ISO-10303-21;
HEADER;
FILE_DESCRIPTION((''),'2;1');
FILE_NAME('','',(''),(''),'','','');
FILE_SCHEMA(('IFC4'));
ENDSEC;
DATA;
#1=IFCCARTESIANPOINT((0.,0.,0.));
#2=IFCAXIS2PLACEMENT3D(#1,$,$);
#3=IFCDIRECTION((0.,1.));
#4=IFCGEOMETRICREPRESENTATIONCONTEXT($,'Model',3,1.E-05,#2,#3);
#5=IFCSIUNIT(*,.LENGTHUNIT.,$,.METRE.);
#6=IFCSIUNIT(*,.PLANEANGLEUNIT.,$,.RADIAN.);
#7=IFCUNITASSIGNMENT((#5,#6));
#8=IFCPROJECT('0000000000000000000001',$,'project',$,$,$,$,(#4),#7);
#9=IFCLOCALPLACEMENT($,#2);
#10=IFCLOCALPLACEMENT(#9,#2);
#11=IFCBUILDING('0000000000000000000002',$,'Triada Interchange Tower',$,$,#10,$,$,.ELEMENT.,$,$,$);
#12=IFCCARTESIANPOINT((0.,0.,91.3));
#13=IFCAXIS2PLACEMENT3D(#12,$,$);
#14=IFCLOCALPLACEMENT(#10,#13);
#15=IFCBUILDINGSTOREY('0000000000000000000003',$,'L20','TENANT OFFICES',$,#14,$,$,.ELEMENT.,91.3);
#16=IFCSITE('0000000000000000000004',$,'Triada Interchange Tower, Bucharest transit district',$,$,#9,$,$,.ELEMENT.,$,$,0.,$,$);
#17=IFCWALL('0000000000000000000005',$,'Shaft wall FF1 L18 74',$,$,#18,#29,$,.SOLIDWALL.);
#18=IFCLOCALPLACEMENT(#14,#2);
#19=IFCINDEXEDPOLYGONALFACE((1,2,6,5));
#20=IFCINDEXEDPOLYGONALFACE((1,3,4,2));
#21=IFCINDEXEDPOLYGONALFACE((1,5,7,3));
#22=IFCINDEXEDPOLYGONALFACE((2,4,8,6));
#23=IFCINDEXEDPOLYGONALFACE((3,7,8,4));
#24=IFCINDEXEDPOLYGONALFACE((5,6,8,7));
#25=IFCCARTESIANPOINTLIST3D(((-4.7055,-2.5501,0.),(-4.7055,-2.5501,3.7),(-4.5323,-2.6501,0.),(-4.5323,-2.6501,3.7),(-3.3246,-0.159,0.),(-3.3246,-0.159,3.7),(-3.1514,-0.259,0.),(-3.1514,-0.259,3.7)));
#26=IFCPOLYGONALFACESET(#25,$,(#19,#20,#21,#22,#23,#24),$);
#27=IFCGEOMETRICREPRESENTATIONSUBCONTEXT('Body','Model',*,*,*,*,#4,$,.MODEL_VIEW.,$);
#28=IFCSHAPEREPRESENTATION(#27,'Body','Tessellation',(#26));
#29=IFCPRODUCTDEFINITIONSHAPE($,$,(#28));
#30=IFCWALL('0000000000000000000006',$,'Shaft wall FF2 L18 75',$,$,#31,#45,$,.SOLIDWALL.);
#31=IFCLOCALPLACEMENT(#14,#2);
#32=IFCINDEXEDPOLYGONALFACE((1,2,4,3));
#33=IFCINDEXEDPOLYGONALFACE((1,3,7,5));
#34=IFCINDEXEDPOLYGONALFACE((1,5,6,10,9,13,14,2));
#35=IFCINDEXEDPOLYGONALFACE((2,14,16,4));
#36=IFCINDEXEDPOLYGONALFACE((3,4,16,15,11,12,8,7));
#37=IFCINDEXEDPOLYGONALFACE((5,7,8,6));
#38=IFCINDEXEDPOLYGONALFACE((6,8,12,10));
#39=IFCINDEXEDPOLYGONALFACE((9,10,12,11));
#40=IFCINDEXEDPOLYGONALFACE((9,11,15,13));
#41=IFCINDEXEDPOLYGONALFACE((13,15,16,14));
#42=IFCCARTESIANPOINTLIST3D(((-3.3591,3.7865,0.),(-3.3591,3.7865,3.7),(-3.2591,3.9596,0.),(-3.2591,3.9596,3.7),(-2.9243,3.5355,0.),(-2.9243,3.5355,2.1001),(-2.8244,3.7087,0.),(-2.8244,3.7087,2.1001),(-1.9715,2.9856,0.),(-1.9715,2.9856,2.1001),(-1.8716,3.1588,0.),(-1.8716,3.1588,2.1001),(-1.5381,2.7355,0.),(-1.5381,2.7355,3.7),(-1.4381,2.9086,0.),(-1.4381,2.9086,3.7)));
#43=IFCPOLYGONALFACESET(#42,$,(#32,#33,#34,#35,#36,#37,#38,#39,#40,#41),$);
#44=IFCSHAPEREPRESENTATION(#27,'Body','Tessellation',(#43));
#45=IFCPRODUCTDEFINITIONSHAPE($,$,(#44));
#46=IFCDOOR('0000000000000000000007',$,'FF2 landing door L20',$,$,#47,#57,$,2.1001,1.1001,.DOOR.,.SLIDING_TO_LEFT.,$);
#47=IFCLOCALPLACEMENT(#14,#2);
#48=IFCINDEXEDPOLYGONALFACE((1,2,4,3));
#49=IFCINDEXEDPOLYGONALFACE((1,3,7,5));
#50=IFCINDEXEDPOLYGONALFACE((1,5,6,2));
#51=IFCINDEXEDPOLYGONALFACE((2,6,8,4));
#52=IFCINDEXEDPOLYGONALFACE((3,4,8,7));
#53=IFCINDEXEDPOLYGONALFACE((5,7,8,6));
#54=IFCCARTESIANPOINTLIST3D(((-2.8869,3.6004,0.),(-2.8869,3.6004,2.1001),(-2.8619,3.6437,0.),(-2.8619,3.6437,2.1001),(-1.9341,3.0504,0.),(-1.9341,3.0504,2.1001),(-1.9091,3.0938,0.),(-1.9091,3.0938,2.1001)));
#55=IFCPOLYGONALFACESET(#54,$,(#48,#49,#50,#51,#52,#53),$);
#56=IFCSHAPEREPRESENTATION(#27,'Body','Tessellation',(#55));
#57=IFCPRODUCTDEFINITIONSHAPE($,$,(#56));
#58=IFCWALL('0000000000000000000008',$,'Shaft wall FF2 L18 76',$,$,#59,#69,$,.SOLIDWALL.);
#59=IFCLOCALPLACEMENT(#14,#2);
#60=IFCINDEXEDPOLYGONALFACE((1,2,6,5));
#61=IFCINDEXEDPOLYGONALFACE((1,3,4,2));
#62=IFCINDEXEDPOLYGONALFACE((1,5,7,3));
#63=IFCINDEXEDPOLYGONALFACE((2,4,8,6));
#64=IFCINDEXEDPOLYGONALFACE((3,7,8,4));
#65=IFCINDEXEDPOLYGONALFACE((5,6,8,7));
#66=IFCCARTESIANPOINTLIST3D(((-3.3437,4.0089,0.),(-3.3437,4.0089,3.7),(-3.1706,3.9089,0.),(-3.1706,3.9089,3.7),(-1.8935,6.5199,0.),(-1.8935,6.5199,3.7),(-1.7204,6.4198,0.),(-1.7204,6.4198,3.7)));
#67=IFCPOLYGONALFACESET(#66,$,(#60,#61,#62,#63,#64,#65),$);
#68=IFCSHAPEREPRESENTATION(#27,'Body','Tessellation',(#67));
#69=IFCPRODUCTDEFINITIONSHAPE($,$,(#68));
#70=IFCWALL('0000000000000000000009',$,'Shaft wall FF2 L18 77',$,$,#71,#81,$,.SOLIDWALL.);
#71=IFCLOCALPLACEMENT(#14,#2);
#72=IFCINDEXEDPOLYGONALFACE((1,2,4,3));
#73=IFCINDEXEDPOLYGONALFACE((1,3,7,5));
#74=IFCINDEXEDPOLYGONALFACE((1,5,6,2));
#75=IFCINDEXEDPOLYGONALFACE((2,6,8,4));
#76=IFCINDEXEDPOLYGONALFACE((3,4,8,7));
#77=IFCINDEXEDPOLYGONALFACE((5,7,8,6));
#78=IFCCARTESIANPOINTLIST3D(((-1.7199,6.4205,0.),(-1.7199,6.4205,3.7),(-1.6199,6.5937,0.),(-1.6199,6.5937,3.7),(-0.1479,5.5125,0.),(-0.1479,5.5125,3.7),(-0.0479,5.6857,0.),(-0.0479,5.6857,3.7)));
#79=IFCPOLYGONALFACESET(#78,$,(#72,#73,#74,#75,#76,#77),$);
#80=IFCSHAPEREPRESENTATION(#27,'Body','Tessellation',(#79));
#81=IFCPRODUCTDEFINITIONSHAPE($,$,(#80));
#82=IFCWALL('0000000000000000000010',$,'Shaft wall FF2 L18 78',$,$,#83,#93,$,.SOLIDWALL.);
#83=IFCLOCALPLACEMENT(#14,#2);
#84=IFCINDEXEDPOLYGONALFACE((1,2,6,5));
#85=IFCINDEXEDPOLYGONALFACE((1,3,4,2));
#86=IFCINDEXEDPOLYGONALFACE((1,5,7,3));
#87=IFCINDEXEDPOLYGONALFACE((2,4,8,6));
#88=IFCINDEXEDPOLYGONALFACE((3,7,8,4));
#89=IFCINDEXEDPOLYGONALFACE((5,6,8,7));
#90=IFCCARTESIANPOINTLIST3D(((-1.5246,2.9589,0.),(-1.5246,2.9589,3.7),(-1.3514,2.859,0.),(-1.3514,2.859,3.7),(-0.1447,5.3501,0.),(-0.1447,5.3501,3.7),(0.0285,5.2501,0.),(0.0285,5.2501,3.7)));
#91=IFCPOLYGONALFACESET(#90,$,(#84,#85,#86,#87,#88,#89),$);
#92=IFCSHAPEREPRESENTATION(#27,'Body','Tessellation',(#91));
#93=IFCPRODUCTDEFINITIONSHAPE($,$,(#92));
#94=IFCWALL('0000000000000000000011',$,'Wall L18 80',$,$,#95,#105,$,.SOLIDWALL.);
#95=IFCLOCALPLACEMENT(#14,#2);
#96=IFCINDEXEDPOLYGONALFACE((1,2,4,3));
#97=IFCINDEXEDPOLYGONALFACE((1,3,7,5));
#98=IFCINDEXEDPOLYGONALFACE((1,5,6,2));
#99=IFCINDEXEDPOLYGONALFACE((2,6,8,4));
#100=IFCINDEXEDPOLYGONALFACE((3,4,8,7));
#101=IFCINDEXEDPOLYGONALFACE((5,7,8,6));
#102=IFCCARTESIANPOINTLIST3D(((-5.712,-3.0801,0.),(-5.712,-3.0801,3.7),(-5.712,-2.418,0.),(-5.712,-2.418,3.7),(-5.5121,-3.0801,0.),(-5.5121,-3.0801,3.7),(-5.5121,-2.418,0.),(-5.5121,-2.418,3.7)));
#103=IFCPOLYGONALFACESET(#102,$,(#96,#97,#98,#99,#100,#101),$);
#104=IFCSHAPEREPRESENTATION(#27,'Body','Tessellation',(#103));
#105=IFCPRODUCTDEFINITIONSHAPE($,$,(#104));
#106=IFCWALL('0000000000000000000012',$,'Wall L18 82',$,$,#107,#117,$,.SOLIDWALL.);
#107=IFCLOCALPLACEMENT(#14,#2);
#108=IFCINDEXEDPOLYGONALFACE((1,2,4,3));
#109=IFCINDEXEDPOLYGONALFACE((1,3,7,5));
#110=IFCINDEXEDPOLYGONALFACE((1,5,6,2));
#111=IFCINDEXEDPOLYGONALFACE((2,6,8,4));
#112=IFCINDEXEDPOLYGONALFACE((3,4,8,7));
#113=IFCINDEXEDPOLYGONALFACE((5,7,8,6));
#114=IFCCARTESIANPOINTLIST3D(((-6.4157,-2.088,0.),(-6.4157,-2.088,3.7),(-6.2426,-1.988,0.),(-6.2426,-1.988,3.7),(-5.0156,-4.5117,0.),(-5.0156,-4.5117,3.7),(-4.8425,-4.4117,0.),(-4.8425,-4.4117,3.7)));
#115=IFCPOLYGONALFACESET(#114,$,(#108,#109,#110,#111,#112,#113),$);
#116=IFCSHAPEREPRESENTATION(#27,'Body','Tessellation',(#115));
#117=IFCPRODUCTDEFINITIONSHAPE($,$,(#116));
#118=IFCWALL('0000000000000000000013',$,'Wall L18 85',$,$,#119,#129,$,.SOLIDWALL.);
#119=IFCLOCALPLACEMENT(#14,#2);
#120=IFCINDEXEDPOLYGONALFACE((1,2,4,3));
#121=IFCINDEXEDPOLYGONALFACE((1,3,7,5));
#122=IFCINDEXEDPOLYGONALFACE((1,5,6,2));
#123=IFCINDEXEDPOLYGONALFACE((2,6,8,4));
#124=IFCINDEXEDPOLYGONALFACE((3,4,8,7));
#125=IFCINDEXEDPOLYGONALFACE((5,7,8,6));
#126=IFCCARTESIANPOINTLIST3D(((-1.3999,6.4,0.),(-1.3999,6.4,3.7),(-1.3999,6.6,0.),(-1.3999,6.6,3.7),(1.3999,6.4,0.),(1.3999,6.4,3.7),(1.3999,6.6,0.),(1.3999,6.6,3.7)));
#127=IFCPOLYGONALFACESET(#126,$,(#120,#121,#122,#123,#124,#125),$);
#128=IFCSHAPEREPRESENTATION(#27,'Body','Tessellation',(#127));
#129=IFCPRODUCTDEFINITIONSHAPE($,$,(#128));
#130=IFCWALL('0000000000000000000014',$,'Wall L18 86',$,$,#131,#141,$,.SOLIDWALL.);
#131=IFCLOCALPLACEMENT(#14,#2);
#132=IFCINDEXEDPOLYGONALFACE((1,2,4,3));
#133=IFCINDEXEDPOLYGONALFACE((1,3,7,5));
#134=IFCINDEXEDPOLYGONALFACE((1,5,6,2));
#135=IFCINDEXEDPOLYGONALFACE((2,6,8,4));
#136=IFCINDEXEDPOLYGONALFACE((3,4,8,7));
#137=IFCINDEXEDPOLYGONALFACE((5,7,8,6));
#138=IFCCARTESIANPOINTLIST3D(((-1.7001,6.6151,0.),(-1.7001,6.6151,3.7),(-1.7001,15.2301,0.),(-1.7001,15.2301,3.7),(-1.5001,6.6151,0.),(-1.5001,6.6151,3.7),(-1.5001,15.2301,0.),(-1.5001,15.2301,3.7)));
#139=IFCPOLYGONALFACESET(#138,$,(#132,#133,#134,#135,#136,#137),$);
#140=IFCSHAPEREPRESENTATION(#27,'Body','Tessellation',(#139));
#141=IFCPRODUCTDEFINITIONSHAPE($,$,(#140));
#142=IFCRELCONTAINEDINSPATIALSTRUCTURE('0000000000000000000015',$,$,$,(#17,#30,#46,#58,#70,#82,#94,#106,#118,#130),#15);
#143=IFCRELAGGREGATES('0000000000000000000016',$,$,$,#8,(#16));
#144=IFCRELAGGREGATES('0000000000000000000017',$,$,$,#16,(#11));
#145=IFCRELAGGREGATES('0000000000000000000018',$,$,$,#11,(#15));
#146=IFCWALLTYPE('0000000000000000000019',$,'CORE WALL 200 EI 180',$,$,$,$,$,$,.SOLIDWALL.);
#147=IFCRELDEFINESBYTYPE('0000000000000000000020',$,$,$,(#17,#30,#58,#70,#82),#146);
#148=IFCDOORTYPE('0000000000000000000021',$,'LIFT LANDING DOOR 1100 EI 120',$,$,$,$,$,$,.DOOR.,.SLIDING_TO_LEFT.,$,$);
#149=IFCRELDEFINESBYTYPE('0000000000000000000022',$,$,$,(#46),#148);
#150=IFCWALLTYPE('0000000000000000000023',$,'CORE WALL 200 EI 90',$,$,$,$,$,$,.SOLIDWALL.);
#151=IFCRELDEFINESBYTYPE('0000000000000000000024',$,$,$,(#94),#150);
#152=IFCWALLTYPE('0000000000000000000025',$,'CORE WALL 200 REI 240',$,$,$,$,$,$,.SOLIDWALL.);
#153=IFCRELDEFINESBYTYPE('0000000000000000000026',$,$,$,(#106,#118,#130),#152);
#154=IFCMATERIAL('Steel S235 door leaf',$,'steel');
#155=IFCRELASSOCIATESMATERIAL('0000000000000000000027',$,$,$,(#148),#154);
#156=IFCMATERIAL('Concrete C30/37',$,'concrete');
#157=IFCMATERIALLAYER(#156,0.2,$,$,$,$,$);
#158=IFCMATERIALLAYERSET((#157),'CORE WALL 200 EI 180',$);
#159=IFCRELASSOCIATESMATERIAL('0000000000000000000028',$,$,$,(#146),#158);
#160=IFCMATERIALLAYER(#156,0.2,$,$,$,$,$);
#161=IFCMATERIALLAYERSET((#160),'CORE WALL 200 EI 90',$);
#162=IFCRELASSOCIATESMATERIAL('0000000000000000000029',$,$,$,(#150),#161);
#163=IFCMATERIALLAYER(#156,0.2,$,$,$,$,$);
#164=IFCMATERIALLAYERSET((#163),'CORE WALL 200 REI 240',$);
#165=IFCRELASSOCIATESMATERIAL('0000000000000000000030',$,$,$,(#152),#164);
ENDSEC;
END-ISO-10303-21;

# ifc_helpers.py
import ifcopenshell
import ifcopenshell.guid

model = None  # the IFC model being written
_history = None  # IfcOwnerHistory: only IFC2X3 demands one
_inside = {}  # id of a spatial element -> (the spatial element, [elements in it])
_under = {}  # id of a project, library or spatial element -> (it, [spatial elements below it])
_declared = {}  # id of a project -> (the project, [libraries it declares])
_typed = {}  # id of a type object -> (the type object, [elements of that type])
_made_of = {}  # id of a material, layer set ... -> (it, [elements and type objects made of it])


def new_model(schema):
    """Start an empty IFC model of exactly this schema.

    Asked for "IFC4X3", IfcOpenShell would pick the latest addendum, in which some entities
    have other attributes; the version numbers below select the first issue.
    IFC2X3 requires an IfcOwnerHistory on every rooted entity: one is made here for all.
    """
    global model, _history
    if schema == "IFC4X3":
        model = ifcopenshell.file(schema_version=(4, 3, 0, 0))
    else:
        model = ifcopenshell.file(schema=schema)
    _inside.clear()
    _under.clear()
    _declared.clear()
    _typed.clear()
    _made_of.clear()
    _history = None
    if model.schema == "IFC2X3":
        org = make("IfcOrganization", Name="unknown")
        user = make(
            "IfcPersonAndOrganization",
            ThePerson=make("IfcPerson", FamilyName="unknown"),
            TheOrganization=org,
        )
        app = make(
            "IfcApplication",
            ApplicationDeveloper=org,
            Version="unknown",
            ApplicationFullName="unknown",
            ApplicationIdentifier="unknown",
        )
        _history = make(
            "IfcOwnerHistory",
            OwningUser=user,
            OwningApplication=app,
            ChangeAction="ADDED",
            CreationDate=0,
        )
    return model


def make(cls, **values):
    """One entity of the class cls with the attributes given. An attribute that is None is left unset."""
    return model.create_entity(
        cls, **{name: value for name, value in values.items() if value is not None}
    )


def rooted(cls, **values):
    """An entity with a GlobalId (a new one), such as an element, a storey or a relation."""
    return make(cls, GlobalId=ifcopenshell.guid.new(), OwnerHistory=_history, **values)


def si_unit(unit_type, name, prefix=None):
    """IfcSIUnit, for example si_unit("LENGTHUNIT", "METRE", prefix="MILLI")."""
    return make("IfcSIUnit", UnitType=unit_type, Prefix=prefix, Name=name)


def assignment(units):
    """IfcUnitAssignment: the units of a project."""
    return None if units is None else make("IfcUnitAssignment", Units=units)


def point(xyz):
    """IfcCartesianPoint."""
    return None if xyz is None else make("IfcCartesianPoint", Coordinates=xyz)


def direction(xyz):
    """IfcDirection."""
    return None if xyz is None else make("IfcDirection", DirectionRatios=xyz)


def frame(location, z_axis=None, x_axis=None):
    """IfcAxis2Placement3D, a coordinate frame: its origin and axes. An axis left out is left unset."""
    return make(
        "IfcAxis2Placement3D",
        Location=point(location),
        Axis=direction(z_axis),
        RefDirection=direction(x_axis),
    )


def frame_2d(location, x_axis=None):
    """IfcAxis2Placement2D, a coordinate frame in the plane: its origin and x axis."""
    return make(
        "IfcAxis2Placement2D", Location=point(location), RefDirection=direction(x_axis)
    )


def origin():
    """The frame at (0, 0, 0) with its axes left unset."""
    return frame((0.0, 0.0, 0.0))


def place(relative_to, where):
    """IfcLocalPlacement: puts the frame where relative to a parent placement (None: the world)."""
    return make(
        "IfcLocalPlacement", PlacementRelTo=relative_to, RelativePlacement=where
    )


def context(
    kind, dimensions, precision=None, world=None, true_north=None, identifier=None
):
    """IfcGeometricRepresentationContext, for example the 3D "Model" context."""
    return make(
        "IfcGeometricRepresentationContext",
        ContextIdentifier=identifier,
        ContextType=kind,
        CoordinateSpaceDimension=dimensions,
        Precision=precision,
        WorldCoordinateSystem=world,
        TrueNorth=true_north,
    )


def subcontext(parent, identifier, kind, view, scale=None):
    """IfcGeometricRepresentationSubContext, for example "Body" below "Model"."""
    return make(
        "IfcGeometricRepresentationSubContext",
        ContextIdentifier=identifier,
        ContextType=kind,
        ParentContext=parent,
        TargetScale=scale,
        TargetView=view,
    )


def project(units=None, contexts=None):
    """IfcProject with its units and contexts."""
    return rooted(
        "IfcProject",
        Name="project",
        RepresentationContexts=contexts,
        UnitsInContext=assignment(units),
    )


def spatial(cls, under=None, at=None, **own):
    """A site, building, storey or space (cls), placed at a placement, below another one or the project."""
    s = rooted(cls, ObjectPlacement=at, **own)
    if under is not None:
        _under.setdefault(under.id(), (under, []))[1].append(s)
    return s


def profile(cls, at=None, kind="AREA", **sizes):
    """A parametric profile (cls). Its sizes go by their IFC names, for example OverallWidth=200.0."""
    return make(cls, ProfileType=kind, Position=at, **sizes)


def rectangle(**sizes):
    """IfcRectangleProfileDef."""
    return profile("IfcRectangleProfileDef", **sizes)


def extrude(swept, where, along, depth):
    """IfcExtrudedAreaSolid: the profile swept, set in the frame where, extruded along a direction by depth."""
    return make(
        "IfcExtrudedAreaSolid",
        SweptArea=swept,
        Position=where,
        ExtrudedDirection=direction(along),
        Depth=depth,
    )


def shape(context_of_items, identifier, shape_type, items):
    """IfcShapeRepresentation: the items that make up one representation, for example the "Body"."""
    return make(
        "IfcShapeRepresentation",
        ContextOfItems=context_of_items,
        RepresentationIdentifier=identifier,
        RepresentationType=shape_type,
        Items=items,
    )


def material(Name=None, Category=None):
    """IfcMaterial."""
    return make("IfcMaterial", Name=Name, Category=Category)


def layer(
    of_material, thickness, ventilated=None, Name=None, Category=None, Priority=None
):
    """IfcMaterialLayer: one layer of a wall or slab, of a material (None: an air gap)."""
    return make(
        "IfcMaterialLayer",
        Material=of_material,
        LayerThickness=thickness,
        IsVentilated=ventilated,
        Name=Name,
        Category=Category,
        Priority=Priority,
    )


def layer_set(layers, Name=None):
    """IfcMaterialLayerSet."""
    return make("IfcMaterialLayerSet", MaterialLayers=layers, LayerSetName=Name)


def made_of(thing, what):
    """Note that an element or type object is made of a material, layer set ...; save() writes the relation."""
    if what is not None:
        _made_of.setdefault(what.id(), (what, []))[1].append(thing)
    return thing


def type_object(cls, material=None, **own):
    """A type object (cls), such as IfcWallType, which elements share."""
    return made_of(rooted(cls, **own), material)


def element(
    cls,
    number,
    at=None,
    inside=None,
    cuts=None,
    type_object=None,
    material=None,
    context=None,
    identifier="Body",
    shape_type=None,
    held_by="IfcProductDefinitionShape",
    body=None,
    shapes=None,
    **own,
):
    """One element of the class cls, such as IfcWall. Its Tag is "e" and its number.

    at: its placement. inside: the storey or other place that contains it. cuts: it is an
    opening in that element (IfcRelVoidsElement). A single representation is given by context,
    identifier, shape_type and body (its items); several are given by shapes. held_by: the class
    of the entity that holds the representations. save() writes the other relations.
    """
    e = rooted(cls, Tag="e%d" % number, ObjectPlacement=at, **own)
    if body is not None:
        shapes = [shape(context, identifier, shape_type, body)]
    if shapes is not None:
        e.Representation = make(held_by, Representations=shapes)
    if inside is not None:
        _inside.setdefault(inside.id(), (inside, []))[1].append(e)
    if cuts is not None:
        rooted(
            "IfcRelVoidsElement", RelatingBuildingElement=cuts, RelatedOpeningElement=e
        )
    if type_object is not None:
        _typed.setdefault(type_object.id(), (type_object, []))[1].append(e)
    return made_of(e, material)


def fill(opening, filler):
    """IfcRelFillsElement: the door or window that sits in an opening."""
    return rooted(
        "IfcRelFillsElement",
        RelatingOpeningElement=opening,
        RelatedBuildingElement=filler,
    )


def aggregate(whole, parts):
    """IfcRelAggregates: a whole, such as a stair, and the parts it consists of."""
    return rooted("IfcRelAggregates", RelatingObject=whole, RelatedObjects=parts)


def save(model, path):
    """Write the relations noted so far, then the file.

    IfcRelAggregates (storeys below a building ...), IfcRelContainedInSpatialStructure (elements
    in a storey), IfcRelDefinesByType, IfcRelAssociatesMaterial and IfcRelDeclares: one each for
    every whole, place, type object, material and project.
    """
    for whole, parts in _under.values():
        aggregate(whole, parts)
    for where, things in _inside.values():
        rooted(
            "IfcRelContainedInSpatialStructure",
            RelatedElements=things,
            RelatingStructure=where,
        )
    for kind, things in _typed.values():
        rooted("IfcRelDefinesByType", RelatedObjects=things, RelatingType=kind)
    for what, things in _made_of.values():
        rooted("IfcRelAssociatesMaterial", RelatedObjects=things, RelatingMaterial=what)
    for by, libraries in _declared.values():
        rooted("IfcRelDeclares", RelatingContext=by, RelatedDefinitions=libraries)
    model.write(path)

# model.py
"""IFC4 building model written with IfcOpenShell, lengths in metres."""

from ifc_helpers import new_model, si_unit, direction, frame, frame_2d, origin, place, context, subcontext, project, spatial, rectangle, extrude, material, layer, layer_set, type_object, element, fill, save


model = new_model("IFC4")

# Units and contexts
model_context = context("Model", 3, precision=1e-05, world=origin(), true_north=direction((0.0, 1.0)))
body_context = subcontext(model_context, "Body", "Model", "MODEL_VIEW")
ifc_project = project(units=[si_unit("LENGTHUNIT", "METRE"), si_unit("PLANEANGLEUNIT", "RADIAN")], contexts=[model_context])

# Site, building, storey
site_placement = place(None, origin())
site = spatial("IfcSite", under=ifc_project, at=site_placement, Name="Triada Interchange Tower, Bucharest transit district", CompositionType="ELEMENT", RefElevation=0.0)
building_placement = place(site_placement, origin())
building = spatial("IfcBuilding", under=site, at=building_placement, Name="Triada Interchange Tower", CompositionType="ELEMENT")
storey_placement = place(building_placement, frame((0.0, 0.0, 91.3)))
storey = spatial("IfcBuildingStorey", under=building, at=storey_placement, Name="L20", Description="TENANT OFFICES", CompositionType="ELEMENT", Elevation=91.3)

# Shared definitions
ifc_material_1 = material(Name="Concrete C30/37", Category="concrete")
ifc_material_2 = material(Name="Steel S235 door leaf", Category="steel")
door_type = type_object("IfcDoorType", Name="LIFT LANDING DOOR 1100 EI 120", OperationType="SLIDING_TO_LEFT", PredefinedType="DOOR", material=ifc_material_2)

# Shared definitions
ifc_layer_1 = layer(ifc_material_1, 0.2)
ifc_layer_set_1 = layer_set([ifc_layer_1], Name="CORE WALL 200 EI 180")
wall_type_1 = type_object("IfcWallType", Name="CORE WALL 200 EI 180", PredefinedType="SOLIDWALL", material=ifc_layer_set_1)

# Wall
wall_1_placement = place(storey_placement, frame((-4.6189, -2.6001, 0.0), z_axis=(0.0, 0.0, 1.0), x_axis=(0.500095, 0.865971, 0.0)))
element("IfcWall", 1, at=wall_1_placement, inside=storey, type_object=wall_type_1, Name="Shaft wall FF1 L18 74", PredefinedType="SOLIDWALL", context=body_context, shape_type="SweptSolid", body=[
    extrude(rectangle(XDim=2.7612, YDim=0.2, at=frame_2d((1.3806, 0.0))), origin(), (0.0, 0.0, 1.0), 3.7),
])

# Wall, opening, door
wall_2_placement = place(storey_placement, frame((-3.3091, 3.873, 0.0), z_axis=(0.0, 0.0, 1.0), x_axis=(0.866099, -0.499873, 0.0)))
wall_2 = element("IfcWall", 2, at=wall_2_placement, inside=storey, type_object=wall_type_1, Name="Shaft wall FF2 L18 75", PredefinedType="SOLIDWALL", context=body_context, shape_type="SweptSolid", body=[
    extrude(rectangle(XDim=2.1025, YDim=0.2, at=frame_2d((1.0513, 0.0))), origin(), (0.0, 0.0, 1.0), 3.7),
])
opening_1_placement = place(wall_2_placement, frame((0.502, 0.0, 0.0)))
opening_1 = element("IfcOpeningElement", 3, at=opening_1_placement, cuts=wall_2, PredefinedType="OPENING", context=body_context, shape_type="SweptSolid", body=[
    extrude(rectangle(XDim=1.1001, YDim=2.1001, at=frame_2d((0.55, 1.05))), frame((0.0, 0.1099, 0.0), z_axis=(0.0, -1.0, 0.0), x_axis=(1.0, 0.0, 0.0)), (0.0, 0.0, 1.0), 0.22),
])
door_1_placement = place(opening_1_placement, origin())
door_1 = element("IfcDoor", 4, at=door_1_placement, inside=storey, type_object=door_type, Name="FF2 landing door L20", OperationType="SLIDING_TO_LEFT", OverallHeight=2.1001, OverallWidth=1.1001, PredefinedType="DOOR", context=body_context, shape_type="SweptSolid", body=[
    extrude(rectangle(XDim=1.1001, YDim=2.1001, at=frame_2d((0.55, 1.05))), frame((0.0, 0.0249, 0.0), z_axis=(0.0, -1.0, 0.0), x_axis=(1.0, 0.0, 0.0)), (0.0, 0.0, 1.0), 0.05),
])
fill(opening_1, door_1)

# Walls
wall_3_placement = place(storey_placement, frame((-3.2571, 3.959, 0.0), z_axis=(0.0, 0.0, 1.0), x_axis=(0.500123, 0.865954, 0.0)))
element("IfcWall", 5, at=wall_3_placement, inside=storey, type_object=wall_type_1, Name="Shaft wall FF2 L18 76", PredefinedType="SOLIDWALL", context=body_context, shape_type="SweptSolid", body=[
    extrude(rectangle(XDim=2.8997, YDim=0.2, at=frame_2d((1.4497, 0.0))), origin(), (0.0, 0.0, 1.0), 3.7),
])
wall_4_placement = place(storey_placement, frame((-1.6699, 6.5071, 0.0), z_axis=(0.0, 0.0, 1.0), x_axis=(0.865941, -0.500145, 0.0)))
element("IfcWall", 6, at=wall_4_placement, inside=storey, type_object=wall_type_1, Name="Shaft wall FF2 L18 77", PredefinedType="SOLIDWALL", context=body_context, shape_type="SweptSolid", body=[
    extrude(rectangle(XDim=1.8154, YDim=0.2, at=frame_2d((0.9077, 0.0))), origin(), (0.0, 0.0, 1.0), 3.7),
])
wall_5_placement = place(storey_placement, frame((-1.438, 2.9089, 0.0), z_axis=(0.0, 0.0, 1.0), x_axis=(0.49983, 0.866124, 0.0)))
element("IfcWall", 7, at=wall_5_placement, inside=storey, type_object=wall_type_1, Name="Shaft wall FF2 L18 78", PredefinedType="SOLIDWALL", context=body_context, shape_type="SweptSolid", body=[
    extrude(rectangle(XDim=2.7607, YDim=0.2, at=frame_2d((1.3804, 0.0))), origin(), (0.0, 0.0, 1.0), 3.7),
])
ifc_layer_2 = layer(ifc_material_1, 0.2)
ifc_layer_set_2 = layer_set([ifc_layer_2], Name="CORE WALL 200 EI 90")
wall_type_2 = type_object("IfcWallType", Name="CORE WALL 200 EI 90", PredefinedType="SOLIDWALL", material=ifc_layer_set_2)
wall_6_placement = place(storey_placement, frame((-5.6121, -3.0801, 0.0), z_axis=(0.0, 0.0, 1.0), x_axis=(0.0, 1.0, 0.0)))
element("IfcWall", 8, at=wall_6_placement, inside=storey, type_object=wall_type_2, Name="Wall L18 80", PredefinedType="SOLIDWALL", context=body_context, shape_type="SweptSolid", body=[
    extrude(rectangle(XDim=0.6621, YDim=0.2, at=frame_2d((0.3311, 0.0))), origin(), (0.0, 0.0, 1.0), 3.7),
])
ifc_layer_3 = layer(ifc_material_1, 0.2)
ifc_layer_set_3 = layer_set([ifc_layer_3], Name="CORE WALL 200 REI 240")
wall_type_3 = type_object("IfcWallType", Name="CORE WALL 200 REI 240", PredefinedType="SOLIDWALL", material=ifc_layer_set_3)
wall_7_placement = place(storey_placement, frame((-6.3291, -2.0381, 0.0), z_axis=(0.0, 0.0, 1.0), x_axis=(0.500201, -0.86591, 0.0)))
element("IfcWall", 9, at=wall_7_placement, inside=storey, type_object=wall_type_3, Name="Wall L18 82", PredefinedType="SOLIDWALL", context=body_context, shape_type="SweptSolid", body=[
    extrude(rectangle(XDim=2.7991, YDim=0.2, at=frame_2d((1.3994, 0.0))), origin(), (0.0, 0.0, 1.0), 3.7),
])
wall_8_placement = place(storey_placement, frame((-1.3999, 6.5, 0.0), z_axis=(0.0, 0.0, 1.0), x_axis=(1.0, 0.0, 0.0)))
element("IfcWall", 10, at=wall_8_placement, inside=storey, type_object=wall_type_3, Name="Wall L18 85", PredefinedType="SOLIDWALL", context=body_context, shape_type="SweptSolid", body=[
    extrude(rectangle(XDim=2.7998, YDim=0.2, at=frame_2d((1.3999, 0.0))), origin(), (0.0, 0.0, 1.0), 3.7),
])
wall_9_placement = place(storey_placement, frame((-1.6001, 6.615, 0.0), z_axis=(0.0, 0.0, 1.0), x_axis=(0.0, 1.0, 0.0)))
element("IfcWall", 11, at=wall_9_placement, inside=storey, type_object=wall_type_3, Name="Wall L18 86", PredefinedType="SOLIDWALL", context=body_context, shape_type="SweptSolid", body=[
    extrude(rectangle(XDim=8.615, YDim=0.2, at=frame_2d((4.3076, 0.0))), origin(), (0.0, 0.0, 1.0), 3.7),
])

save(model, "model.ifc")
